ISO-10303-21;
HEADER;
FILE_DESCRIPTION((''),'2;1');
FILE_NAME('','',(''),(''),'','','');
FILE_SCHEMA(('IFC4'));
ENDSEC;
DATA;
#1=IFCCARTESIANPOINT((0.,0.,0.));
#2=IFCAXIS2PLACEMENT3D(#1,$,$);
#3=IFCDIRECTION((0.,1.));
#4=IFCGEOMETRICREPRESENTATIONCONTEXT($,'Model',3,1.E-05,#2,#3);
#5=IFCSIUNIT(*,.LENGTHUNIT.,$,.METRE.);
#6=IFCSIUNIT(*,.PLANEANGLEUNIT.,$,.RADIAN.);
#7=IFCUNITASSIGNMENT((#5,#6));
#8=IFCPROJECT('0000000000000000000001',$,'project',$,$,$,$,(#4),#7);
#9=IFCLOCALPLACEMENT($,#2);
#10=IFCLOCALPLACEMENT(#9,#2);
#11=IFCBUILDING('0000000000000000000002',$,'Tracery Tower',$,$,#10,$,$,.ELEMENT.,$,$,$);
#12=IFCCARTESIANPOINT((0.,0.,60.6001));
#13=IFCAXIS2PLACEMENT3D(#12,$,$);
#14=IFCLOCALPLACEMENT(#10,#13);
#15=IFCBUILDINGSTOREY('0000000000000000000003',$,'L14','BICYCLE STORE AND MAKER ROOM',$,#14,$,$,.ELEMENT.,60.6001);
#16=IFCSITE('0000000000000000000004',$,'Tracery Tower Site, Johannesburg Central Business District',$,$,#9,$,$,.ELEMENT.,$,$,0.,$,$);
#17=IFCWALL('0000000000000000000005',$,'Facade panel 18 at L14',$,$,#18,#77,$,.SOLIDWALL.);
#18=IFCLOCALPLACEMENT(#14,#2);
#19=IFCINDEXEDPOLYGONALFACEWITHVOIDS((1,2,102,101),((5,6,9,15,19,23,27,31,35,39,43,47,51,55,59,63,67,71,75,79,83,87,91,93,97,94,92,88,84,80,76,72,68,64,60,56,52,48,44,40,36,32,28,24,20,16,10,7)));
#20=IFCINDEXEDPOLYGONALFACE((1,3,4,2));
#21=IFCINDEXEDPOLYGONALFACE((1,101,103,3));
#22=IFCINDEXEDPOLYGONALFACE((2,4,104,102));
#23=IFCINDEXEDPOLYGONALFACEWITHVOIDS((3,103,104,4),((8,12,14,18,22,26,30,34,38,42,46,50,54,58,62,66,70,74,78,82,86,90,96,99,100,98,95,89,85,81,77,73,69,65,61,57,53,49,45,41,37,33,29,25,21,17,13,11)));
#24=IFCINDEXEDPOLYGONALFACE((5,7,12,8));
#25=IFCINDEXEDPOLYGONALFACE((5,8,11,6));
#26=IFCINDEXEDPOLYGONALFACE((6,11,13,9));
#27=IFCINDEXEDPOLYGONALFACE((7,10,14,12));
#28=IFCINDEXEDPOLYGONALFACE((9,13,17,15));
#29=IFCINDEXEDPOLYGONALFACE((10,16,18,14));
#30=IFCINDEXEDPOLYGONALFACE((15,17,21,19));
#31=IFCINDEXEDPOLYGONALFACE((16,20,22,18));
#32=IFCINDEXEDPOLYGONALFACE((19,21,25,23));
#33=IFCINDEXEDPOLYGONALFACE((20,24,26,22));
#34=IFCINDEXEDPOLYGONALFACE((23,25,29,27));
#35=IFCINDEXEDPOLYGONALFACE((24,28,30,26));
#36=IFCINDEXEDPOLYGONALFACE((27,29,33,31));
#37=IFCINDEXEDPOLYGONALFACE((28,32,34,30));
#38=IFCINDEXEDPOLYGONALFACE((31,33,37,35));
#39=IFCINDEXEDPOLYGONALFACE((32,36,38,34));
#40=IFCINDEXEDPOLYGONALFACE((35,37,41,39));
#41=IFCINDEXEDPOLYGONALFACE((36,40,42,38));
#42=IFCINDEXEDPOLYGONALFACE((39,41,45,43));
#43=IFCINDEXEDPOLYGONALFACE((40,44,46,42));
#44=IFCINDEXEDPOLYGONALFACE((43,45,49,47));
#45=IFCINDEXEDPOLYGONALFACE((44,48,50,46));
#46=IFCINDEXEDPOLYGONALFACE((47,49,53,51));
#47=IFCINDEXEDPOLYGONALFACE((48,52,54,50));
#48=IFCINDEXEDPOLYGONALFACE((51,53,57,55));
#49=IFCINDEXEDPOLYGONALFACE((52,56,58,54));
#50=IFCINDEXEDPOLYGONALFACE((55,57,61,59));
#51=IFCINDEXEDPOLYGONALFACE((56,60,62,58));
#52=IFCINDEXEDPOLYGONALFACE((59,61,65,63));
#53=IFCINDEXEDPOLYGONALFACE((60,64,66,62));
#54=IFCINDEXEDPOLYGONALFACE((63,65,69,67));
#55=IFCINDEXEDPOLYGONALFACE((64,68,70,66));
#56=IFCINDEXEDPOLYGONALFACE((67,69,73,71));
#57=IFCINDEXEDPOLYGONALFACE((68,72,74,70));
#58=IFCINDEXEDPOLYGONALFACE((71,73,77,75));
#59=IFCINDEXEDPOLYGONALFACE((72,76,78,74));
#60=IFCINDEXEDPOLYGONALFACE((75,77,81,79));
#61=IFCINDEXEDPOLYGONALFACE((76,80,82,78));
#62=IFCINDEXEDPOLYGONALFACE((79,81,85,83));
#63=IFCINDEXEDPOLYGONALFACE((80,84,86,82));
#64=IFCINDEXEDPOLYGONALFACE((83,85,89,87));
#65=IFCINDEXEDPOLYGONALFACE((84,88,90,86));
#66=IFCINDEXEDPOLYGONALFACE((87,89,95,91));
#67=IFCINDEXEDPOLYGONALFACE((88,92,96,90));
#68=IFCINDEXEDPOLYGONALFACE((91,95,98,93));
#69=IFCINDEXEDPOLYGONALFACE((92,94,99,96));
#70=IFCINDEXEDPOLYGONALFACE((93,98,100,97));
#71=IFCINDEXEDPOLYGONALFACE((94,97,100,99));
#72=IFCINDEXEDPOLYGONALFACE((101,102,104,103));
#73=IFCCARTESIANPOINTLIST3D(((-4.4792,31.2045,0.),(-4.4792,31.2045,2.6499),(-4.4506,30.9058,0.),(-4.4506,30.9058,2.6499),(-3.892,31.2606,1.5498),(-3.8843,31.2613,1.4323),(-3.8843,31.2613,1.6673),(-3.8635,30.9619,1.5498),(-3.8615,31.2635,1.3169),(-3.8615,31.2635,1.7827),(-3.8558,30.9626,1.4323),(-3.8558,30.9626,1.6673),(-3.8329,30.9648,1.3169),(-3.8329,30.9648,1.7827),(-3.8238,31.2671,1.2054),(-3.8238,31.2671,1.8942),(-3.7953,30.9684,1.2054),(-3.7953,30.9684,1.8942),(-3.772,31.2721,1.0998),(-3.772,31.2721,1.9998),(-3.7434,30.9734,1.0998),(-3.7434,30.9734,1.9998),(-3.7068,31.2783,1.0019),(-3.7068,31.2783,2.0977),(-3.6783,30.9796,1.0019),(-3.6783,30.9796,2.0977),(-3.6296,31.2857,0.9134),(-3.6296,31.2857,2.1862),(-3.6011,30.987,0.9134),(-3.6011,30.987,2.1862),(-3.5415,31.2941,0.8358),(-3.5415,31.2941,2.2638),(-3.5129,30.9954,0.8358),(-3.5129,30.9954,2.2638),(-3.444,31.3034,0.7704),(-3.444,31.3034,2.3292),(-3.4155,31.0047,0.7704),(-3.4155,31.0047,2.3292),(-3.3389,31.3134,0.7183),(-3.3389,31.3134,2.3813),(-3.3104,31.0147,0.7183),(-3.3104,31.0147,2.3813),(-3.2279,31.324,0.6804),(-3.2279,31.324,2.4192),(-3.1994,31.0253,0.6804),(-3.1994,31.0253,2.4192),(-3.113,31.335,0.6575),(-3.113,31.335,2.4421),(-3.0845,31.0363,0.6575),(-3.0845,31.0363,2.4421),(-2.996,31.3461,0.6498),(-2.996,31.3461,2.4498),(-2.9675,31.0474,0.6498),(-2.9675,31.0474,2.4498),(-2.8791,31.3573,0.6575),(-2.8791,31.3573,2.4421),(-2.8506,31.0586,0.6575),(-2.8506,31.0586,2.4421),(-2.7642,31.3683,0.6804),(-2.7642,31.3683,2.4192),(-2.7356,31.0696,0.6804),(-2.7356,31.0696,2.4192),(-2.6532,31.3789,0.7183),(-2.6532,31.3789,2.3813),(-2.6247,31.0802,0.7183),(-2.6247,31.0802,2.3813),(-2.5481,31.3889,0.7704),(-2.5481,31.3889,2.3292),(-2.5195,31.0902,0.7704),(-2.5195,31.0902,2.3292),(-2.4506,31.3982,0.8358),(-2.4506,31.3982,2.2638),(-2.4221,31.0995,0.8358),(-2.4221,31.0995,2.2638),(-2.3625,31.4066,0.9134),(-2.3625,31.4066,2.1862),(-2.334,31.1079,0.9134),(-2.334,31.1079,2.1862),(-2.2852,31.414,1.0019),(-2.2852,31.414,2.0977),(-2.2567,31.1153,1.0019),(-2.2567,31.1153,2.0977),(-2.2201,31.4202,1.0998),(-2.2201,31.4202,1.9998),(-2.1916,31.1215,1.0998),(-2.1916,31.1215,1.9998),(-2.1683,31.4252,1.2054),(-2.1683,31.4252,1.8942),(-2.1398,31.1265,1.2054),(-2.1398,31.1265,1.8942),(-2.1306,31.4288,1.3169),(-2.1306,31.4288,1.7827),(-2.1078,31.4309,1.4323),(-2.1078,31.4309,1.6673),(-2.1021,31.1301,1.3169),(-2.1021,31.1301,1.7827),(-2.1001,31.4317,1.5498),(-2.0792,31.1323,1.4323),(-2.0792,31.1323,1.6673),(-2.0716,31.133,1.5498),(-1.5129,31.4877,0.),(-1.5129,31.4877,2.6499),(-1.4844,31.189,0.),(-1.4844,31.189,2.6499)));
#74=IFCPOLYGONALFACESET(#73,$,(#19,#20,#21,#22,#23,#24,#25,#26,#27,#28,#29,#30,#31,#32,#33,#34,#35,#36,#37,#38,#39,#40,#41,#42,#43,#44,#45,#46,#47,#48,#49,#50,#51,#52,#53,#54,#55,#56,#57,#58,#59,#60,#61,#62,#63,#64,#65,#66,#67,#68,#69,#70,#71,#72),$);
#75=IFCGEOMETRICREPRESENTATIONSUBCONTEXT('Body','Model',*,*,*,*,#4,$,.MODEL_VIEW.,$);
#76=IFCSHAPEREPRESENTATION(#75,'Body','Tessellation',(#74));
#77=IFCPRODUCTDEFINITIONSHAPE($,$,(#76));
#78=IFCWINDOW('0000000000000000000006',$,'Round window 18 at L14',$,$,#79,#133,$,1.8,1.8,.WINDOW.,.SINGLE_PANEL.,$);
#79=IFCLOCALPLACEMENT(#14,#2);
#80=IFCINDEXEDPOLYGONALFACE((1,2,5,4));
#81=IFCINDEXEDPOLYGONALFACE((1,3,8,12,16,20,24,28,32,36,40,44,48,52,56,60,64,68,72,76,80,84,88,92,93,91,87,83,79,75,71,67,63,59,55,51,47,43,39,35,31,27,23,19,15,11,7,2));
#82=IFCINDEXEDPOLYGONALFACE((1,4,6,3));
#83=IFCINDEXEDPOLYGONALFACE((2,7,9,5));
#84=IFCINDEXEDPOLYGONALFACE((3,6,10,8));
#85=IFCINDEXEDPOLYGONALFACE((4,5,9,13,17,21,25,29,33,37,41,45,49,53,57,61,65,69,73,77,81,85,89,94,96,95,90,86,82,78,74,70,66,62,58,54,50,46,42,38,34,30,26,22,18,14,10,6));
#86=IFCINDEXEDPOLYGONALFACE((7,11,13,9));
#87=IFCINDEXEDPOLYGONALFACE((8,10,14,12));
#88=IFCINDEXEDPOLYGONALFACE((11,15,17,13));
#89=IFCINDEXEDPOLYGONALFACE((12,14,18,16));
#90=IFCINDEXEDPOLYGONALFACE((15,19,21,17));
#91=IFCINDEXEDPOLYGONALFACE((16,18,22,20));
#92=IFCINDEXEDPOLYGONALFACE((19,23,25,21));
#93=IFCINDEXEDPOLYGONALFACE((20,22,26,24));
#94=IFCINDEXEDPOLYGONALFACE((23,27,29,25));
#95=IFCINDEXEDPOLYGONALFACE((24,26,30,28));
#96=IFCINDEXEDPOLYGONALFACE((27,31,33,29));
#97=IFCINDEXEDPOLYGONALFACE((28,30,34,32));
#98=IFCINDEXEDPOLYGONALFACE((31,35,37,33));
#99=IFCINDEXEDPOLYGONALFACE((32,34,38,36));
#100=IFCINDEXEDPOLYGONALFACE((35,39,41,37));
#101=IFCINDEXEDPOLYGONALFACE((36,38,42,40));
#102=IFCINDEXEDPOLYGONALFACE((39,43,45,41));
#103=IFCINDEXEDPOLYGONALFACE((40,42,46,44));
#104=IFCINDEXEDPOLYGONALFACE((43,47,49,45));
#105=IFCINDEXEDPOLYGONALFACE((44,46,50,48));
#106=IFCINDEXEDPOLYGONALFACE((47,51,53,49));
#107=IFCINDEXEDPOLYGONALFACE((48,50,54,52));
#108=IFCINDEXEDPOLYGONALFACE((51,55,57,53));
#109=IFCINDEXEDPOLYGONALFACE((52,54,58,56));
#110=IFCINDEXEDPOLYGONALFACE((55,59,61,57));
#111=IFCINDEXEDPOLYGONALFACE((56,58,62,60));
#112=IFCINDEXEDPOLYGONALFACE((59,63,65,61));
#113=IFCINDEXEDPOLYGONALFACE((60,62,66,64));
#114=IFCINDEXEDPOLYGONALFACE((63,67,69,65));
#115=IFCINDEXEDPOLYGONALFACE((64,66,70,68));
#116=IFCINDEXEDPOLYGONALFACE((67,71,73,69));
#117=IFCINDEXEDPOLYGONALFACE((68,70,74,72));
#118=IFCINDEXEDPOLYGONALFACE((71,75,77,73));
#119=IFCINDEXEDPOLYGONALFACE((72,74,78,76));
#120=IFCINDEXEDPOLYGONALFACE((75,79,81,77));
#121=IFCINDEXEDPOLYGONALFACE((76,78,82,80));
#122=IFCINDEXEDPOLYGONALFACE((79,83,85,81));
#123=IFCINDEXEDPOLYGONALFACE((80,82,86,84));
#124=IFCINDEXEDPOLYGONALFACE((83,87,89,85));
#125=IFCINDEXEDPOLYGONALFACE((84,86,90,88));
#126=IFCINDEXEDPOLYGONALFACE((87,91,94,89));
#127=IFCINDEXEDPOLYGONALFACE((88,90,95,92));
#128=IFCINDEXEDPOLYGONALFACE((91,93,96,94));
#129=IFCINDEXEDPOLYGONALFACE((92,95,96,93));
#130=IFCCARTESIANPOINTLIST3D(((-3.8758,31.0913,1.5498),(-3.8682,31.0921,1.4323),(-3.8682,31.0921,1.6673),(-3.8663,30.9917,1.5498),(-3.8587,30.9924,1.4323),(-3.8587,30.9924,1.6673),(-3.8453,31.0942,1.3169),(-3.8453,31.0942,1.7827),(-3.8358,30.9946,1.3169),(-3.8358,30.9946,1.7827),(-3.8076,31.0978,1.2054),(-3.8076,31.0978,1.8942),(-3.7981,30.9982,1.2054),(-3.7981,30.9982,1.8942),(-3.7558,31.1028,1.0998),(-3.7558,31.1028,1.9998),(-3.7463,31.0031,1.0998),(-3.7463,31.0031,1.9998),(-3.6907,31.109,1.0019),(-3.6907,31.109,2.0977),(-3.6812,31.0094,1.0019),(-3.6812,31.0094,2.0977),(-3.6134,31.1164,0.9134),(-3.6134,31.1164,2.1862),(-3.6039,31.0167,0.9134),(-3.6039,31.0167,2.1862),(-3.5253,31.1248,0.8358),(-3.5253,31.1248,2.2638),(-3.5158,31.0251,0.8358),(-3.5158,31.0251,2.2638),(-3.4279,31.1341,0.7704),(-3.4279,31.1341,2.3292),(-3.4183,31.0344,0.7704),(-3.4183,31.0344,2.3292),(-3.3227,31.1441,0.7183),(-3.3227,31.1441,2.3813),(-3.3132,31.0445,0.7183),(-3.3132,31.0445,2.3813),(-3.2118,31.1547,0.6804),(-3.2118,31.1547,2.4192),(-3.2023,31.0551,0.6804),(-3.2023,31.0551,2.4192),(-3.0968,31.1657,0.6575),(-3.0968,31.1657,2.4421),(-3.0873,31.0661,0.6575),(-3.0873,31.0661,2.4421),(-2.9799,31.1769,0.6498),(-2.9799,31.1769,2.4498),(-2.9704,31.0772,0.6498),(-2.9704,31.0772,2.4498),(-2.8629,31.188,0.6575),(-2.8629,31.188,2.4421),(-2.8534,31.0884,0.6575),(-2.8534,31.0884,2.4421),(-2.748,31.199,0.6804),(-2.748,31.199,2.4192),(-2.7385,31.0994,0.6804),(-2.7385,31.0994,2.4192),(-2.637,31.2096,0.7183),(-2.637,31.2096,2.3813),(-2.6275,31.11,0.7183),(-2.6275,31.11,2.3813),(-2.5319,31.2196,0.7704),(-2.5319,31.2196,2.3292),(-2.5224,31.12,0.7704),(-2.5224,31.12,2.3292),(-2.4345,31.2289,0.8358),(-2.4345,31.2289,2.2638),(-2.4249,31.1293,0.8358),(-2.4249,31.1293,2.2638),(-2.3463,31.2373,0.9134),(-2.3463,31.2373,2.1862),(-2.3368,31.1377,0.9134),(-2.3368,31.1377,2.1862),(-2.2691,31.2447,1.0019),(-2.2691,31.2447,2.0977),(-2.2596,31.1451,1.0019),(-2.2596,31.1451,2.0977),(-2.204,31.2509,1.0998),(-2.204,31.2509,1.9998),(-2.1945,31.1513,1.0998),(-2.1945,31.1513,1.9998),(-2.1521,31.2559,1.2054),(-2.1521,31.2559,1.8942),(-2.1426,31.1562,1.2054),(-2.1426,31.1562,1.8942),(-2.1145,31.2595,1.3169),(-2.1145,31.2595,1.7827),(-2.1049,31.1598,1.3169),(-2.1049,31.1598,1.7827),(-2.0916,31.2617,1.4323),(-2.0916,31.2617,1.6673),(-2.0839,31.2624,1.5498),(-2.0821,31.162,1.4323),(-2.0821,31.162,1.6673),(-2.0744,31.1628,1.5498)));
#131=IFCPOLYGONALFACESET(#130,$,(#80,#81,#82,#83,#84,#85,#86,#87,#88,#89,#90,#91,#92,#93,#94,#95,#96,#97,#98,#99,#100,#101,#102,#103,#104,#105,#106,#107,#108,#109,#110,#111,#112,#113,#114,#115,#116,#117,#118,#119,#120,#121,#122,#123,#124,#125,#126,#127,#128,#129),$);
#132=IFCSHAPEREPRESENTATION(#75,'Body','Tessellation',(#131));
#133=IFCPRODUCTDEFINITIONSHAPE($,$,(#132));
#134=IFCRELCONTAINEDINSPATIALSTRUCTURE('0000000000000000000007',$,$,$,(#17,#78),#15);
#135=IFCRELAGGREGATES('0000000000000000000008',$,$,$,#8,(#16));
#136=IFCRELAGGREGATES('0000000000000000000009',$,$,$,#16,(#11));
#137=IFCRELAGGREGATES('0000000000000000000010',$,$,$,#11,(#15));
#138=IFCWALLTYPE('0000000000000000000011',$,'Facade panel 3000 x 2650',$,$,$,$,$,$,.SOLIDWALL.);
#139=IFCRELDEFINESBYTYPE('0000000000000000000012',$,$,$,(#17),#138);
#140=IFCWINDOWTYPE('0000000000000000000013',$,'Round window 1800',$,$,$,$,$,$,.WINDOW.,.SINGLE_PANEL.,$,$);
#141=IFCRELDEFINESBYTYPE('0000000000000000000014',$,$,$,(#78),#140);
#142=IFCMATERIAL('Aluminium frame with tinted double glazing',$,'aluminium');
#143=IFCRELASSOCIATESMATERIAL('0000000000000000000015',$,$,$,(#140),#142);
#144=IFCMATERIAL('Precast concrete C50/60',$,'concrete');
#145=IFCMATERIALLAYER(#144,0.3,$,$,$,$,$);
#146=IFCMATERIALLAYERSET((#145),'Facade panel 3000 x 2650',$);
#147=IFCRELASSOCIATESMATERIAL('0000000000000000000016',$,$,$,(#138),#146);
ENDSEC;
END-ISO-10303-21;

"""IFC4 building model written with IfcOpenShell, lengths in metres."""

from ifc_helpers import new_model, si_unit, direction, frame, frame_2d, origin, origin_2d, place, context, subcontext, project, spatial, rectangle, circle, extrude, material, layer, layer_set, type_object, element, fill, save


model = new_model("IFC4")

# Units and contexts
model_context = context("Model", 3, precision=1e-05, world=origin(), true_north=direction((0.0, 1.0)))
body_context = subcontext(model_context, "Body", "Model", "MODEL_VIEW")
ifc_project = project(units=[si_unit("LENGTHUNIT", "METRE"), si_unit("PLANEANGLEUNIT", "RADIAN")], contexts=[model_context])

# Site, building, storey
site_placement = place(None, origin())
site = spatial("IfcSite", under=ifc_project, at=site_placement, Name="Tracery Tower Site, Johannesburg Central Business District", CompositionType="ELEMENT", RefElevation=0.0)
building_placement = place(site_placement, origin())
building = spatial("IfcBuilding", under=site, at=building_placement, Name="Tracery Tower", CompositionType="ELEMENT")
storey_placement = place(building_placement, frame((0.0, 0.0, 60.6001)))
storey = spatial("IfcBuildingStorey", under=building, at=storey_placement, Name="L14", Description="BICYCLE STORE AND MAKER ROOM", CompositionType="ELEMENT", Elevation=60.6001)

# Wall, opening, window
ifc_material_1 = material(Name="Aluminium frame with tinted double glazing", Category="aluminium")
window_type = type_object("IfcWindowType", Name="Round window 1800", PartitioningType="SINGLE_PANEL", PredefinedType="WINDOW", material=ifc_material_1)
ifc_material_2 = material(Name="Precast concrete C50/60", Category="concrete")
ifc_layer_1 = layer(ifc_material_2, 0.3)
ifc_layer_set_1 = layer_set([ifc_layer_1], Name="Facade panel 3000 x 2650")
wall_type_1 = type_object("IfcWallType", Name="Facade panel 3000 x 2650", PredefinedType="SOLIDWALL", material=ifc_layer_set_1)
wall_1_placement = place(storey_placement, frame((-1.4988, 31.3384, 0.0), z_axis=(0.0, 0.0, 1.0), x_axis=(-0.995473, -0.095041, 0.0)))
wall_1 = element("IfcWall", 1, at=wall_1_placement, inside=storey, type_object=wall_type_1, Name="Facade panel 18 at L14", PredefinedType="SOLIDWALL", context=body_context, shape_type="SweptSolid", body=[
    extrude(rectangle(XDim=2.9797, YDim=0.3, at=frame_2d((1.4897, 0.0))), origin(), (0.0, 0.0, 1.0), 2.6499),
])
opening_1_placement = place(wall_1_placement, frame((1.4897, 0.0, 1.5498)))
opening_1 = element("IfcOpeningElement", 2, at=opening_1_placement, cuts=wall_1, PredefinedType="OPENING", context=body_context, shape_type="SweptSolid", body=[
    extrude(circle(Radius=0.9, at=origin_2d()), frame((0.0, 0.1599, 0.0), z_axis=(0.0, -1.0, 0.0), x_axis=(1.0, 0.0, 0.0)), (0.0, 0.0, 1.0), 0.3201),
])
window_1_placement = place(opening_1_placement, origin())
window_1 = element("IfcWindow", 3, at=window_1_placement, inside=storey, type_object=window_type, Name="Round window 18 at L14", OverallHeight=1.8, OverallWidth=1.8, PartitioningType="SINGLE_PANEL", PredefinedType="WINDOW", context=body_context, shape_type="SweptSolid", body=[
    extrude(circle(Radius=0.9, at=origin_2d()), frame((0.0, 0.1201, 0.0), z_axis=(0.0, -1.0, 0.0), x_axis=(1.0, 0.0, 0.0)), (0.0, 0.0, 1.0), 0.1001),
])
fill(opening_1, window_1)

save(model, "model.ifc")
